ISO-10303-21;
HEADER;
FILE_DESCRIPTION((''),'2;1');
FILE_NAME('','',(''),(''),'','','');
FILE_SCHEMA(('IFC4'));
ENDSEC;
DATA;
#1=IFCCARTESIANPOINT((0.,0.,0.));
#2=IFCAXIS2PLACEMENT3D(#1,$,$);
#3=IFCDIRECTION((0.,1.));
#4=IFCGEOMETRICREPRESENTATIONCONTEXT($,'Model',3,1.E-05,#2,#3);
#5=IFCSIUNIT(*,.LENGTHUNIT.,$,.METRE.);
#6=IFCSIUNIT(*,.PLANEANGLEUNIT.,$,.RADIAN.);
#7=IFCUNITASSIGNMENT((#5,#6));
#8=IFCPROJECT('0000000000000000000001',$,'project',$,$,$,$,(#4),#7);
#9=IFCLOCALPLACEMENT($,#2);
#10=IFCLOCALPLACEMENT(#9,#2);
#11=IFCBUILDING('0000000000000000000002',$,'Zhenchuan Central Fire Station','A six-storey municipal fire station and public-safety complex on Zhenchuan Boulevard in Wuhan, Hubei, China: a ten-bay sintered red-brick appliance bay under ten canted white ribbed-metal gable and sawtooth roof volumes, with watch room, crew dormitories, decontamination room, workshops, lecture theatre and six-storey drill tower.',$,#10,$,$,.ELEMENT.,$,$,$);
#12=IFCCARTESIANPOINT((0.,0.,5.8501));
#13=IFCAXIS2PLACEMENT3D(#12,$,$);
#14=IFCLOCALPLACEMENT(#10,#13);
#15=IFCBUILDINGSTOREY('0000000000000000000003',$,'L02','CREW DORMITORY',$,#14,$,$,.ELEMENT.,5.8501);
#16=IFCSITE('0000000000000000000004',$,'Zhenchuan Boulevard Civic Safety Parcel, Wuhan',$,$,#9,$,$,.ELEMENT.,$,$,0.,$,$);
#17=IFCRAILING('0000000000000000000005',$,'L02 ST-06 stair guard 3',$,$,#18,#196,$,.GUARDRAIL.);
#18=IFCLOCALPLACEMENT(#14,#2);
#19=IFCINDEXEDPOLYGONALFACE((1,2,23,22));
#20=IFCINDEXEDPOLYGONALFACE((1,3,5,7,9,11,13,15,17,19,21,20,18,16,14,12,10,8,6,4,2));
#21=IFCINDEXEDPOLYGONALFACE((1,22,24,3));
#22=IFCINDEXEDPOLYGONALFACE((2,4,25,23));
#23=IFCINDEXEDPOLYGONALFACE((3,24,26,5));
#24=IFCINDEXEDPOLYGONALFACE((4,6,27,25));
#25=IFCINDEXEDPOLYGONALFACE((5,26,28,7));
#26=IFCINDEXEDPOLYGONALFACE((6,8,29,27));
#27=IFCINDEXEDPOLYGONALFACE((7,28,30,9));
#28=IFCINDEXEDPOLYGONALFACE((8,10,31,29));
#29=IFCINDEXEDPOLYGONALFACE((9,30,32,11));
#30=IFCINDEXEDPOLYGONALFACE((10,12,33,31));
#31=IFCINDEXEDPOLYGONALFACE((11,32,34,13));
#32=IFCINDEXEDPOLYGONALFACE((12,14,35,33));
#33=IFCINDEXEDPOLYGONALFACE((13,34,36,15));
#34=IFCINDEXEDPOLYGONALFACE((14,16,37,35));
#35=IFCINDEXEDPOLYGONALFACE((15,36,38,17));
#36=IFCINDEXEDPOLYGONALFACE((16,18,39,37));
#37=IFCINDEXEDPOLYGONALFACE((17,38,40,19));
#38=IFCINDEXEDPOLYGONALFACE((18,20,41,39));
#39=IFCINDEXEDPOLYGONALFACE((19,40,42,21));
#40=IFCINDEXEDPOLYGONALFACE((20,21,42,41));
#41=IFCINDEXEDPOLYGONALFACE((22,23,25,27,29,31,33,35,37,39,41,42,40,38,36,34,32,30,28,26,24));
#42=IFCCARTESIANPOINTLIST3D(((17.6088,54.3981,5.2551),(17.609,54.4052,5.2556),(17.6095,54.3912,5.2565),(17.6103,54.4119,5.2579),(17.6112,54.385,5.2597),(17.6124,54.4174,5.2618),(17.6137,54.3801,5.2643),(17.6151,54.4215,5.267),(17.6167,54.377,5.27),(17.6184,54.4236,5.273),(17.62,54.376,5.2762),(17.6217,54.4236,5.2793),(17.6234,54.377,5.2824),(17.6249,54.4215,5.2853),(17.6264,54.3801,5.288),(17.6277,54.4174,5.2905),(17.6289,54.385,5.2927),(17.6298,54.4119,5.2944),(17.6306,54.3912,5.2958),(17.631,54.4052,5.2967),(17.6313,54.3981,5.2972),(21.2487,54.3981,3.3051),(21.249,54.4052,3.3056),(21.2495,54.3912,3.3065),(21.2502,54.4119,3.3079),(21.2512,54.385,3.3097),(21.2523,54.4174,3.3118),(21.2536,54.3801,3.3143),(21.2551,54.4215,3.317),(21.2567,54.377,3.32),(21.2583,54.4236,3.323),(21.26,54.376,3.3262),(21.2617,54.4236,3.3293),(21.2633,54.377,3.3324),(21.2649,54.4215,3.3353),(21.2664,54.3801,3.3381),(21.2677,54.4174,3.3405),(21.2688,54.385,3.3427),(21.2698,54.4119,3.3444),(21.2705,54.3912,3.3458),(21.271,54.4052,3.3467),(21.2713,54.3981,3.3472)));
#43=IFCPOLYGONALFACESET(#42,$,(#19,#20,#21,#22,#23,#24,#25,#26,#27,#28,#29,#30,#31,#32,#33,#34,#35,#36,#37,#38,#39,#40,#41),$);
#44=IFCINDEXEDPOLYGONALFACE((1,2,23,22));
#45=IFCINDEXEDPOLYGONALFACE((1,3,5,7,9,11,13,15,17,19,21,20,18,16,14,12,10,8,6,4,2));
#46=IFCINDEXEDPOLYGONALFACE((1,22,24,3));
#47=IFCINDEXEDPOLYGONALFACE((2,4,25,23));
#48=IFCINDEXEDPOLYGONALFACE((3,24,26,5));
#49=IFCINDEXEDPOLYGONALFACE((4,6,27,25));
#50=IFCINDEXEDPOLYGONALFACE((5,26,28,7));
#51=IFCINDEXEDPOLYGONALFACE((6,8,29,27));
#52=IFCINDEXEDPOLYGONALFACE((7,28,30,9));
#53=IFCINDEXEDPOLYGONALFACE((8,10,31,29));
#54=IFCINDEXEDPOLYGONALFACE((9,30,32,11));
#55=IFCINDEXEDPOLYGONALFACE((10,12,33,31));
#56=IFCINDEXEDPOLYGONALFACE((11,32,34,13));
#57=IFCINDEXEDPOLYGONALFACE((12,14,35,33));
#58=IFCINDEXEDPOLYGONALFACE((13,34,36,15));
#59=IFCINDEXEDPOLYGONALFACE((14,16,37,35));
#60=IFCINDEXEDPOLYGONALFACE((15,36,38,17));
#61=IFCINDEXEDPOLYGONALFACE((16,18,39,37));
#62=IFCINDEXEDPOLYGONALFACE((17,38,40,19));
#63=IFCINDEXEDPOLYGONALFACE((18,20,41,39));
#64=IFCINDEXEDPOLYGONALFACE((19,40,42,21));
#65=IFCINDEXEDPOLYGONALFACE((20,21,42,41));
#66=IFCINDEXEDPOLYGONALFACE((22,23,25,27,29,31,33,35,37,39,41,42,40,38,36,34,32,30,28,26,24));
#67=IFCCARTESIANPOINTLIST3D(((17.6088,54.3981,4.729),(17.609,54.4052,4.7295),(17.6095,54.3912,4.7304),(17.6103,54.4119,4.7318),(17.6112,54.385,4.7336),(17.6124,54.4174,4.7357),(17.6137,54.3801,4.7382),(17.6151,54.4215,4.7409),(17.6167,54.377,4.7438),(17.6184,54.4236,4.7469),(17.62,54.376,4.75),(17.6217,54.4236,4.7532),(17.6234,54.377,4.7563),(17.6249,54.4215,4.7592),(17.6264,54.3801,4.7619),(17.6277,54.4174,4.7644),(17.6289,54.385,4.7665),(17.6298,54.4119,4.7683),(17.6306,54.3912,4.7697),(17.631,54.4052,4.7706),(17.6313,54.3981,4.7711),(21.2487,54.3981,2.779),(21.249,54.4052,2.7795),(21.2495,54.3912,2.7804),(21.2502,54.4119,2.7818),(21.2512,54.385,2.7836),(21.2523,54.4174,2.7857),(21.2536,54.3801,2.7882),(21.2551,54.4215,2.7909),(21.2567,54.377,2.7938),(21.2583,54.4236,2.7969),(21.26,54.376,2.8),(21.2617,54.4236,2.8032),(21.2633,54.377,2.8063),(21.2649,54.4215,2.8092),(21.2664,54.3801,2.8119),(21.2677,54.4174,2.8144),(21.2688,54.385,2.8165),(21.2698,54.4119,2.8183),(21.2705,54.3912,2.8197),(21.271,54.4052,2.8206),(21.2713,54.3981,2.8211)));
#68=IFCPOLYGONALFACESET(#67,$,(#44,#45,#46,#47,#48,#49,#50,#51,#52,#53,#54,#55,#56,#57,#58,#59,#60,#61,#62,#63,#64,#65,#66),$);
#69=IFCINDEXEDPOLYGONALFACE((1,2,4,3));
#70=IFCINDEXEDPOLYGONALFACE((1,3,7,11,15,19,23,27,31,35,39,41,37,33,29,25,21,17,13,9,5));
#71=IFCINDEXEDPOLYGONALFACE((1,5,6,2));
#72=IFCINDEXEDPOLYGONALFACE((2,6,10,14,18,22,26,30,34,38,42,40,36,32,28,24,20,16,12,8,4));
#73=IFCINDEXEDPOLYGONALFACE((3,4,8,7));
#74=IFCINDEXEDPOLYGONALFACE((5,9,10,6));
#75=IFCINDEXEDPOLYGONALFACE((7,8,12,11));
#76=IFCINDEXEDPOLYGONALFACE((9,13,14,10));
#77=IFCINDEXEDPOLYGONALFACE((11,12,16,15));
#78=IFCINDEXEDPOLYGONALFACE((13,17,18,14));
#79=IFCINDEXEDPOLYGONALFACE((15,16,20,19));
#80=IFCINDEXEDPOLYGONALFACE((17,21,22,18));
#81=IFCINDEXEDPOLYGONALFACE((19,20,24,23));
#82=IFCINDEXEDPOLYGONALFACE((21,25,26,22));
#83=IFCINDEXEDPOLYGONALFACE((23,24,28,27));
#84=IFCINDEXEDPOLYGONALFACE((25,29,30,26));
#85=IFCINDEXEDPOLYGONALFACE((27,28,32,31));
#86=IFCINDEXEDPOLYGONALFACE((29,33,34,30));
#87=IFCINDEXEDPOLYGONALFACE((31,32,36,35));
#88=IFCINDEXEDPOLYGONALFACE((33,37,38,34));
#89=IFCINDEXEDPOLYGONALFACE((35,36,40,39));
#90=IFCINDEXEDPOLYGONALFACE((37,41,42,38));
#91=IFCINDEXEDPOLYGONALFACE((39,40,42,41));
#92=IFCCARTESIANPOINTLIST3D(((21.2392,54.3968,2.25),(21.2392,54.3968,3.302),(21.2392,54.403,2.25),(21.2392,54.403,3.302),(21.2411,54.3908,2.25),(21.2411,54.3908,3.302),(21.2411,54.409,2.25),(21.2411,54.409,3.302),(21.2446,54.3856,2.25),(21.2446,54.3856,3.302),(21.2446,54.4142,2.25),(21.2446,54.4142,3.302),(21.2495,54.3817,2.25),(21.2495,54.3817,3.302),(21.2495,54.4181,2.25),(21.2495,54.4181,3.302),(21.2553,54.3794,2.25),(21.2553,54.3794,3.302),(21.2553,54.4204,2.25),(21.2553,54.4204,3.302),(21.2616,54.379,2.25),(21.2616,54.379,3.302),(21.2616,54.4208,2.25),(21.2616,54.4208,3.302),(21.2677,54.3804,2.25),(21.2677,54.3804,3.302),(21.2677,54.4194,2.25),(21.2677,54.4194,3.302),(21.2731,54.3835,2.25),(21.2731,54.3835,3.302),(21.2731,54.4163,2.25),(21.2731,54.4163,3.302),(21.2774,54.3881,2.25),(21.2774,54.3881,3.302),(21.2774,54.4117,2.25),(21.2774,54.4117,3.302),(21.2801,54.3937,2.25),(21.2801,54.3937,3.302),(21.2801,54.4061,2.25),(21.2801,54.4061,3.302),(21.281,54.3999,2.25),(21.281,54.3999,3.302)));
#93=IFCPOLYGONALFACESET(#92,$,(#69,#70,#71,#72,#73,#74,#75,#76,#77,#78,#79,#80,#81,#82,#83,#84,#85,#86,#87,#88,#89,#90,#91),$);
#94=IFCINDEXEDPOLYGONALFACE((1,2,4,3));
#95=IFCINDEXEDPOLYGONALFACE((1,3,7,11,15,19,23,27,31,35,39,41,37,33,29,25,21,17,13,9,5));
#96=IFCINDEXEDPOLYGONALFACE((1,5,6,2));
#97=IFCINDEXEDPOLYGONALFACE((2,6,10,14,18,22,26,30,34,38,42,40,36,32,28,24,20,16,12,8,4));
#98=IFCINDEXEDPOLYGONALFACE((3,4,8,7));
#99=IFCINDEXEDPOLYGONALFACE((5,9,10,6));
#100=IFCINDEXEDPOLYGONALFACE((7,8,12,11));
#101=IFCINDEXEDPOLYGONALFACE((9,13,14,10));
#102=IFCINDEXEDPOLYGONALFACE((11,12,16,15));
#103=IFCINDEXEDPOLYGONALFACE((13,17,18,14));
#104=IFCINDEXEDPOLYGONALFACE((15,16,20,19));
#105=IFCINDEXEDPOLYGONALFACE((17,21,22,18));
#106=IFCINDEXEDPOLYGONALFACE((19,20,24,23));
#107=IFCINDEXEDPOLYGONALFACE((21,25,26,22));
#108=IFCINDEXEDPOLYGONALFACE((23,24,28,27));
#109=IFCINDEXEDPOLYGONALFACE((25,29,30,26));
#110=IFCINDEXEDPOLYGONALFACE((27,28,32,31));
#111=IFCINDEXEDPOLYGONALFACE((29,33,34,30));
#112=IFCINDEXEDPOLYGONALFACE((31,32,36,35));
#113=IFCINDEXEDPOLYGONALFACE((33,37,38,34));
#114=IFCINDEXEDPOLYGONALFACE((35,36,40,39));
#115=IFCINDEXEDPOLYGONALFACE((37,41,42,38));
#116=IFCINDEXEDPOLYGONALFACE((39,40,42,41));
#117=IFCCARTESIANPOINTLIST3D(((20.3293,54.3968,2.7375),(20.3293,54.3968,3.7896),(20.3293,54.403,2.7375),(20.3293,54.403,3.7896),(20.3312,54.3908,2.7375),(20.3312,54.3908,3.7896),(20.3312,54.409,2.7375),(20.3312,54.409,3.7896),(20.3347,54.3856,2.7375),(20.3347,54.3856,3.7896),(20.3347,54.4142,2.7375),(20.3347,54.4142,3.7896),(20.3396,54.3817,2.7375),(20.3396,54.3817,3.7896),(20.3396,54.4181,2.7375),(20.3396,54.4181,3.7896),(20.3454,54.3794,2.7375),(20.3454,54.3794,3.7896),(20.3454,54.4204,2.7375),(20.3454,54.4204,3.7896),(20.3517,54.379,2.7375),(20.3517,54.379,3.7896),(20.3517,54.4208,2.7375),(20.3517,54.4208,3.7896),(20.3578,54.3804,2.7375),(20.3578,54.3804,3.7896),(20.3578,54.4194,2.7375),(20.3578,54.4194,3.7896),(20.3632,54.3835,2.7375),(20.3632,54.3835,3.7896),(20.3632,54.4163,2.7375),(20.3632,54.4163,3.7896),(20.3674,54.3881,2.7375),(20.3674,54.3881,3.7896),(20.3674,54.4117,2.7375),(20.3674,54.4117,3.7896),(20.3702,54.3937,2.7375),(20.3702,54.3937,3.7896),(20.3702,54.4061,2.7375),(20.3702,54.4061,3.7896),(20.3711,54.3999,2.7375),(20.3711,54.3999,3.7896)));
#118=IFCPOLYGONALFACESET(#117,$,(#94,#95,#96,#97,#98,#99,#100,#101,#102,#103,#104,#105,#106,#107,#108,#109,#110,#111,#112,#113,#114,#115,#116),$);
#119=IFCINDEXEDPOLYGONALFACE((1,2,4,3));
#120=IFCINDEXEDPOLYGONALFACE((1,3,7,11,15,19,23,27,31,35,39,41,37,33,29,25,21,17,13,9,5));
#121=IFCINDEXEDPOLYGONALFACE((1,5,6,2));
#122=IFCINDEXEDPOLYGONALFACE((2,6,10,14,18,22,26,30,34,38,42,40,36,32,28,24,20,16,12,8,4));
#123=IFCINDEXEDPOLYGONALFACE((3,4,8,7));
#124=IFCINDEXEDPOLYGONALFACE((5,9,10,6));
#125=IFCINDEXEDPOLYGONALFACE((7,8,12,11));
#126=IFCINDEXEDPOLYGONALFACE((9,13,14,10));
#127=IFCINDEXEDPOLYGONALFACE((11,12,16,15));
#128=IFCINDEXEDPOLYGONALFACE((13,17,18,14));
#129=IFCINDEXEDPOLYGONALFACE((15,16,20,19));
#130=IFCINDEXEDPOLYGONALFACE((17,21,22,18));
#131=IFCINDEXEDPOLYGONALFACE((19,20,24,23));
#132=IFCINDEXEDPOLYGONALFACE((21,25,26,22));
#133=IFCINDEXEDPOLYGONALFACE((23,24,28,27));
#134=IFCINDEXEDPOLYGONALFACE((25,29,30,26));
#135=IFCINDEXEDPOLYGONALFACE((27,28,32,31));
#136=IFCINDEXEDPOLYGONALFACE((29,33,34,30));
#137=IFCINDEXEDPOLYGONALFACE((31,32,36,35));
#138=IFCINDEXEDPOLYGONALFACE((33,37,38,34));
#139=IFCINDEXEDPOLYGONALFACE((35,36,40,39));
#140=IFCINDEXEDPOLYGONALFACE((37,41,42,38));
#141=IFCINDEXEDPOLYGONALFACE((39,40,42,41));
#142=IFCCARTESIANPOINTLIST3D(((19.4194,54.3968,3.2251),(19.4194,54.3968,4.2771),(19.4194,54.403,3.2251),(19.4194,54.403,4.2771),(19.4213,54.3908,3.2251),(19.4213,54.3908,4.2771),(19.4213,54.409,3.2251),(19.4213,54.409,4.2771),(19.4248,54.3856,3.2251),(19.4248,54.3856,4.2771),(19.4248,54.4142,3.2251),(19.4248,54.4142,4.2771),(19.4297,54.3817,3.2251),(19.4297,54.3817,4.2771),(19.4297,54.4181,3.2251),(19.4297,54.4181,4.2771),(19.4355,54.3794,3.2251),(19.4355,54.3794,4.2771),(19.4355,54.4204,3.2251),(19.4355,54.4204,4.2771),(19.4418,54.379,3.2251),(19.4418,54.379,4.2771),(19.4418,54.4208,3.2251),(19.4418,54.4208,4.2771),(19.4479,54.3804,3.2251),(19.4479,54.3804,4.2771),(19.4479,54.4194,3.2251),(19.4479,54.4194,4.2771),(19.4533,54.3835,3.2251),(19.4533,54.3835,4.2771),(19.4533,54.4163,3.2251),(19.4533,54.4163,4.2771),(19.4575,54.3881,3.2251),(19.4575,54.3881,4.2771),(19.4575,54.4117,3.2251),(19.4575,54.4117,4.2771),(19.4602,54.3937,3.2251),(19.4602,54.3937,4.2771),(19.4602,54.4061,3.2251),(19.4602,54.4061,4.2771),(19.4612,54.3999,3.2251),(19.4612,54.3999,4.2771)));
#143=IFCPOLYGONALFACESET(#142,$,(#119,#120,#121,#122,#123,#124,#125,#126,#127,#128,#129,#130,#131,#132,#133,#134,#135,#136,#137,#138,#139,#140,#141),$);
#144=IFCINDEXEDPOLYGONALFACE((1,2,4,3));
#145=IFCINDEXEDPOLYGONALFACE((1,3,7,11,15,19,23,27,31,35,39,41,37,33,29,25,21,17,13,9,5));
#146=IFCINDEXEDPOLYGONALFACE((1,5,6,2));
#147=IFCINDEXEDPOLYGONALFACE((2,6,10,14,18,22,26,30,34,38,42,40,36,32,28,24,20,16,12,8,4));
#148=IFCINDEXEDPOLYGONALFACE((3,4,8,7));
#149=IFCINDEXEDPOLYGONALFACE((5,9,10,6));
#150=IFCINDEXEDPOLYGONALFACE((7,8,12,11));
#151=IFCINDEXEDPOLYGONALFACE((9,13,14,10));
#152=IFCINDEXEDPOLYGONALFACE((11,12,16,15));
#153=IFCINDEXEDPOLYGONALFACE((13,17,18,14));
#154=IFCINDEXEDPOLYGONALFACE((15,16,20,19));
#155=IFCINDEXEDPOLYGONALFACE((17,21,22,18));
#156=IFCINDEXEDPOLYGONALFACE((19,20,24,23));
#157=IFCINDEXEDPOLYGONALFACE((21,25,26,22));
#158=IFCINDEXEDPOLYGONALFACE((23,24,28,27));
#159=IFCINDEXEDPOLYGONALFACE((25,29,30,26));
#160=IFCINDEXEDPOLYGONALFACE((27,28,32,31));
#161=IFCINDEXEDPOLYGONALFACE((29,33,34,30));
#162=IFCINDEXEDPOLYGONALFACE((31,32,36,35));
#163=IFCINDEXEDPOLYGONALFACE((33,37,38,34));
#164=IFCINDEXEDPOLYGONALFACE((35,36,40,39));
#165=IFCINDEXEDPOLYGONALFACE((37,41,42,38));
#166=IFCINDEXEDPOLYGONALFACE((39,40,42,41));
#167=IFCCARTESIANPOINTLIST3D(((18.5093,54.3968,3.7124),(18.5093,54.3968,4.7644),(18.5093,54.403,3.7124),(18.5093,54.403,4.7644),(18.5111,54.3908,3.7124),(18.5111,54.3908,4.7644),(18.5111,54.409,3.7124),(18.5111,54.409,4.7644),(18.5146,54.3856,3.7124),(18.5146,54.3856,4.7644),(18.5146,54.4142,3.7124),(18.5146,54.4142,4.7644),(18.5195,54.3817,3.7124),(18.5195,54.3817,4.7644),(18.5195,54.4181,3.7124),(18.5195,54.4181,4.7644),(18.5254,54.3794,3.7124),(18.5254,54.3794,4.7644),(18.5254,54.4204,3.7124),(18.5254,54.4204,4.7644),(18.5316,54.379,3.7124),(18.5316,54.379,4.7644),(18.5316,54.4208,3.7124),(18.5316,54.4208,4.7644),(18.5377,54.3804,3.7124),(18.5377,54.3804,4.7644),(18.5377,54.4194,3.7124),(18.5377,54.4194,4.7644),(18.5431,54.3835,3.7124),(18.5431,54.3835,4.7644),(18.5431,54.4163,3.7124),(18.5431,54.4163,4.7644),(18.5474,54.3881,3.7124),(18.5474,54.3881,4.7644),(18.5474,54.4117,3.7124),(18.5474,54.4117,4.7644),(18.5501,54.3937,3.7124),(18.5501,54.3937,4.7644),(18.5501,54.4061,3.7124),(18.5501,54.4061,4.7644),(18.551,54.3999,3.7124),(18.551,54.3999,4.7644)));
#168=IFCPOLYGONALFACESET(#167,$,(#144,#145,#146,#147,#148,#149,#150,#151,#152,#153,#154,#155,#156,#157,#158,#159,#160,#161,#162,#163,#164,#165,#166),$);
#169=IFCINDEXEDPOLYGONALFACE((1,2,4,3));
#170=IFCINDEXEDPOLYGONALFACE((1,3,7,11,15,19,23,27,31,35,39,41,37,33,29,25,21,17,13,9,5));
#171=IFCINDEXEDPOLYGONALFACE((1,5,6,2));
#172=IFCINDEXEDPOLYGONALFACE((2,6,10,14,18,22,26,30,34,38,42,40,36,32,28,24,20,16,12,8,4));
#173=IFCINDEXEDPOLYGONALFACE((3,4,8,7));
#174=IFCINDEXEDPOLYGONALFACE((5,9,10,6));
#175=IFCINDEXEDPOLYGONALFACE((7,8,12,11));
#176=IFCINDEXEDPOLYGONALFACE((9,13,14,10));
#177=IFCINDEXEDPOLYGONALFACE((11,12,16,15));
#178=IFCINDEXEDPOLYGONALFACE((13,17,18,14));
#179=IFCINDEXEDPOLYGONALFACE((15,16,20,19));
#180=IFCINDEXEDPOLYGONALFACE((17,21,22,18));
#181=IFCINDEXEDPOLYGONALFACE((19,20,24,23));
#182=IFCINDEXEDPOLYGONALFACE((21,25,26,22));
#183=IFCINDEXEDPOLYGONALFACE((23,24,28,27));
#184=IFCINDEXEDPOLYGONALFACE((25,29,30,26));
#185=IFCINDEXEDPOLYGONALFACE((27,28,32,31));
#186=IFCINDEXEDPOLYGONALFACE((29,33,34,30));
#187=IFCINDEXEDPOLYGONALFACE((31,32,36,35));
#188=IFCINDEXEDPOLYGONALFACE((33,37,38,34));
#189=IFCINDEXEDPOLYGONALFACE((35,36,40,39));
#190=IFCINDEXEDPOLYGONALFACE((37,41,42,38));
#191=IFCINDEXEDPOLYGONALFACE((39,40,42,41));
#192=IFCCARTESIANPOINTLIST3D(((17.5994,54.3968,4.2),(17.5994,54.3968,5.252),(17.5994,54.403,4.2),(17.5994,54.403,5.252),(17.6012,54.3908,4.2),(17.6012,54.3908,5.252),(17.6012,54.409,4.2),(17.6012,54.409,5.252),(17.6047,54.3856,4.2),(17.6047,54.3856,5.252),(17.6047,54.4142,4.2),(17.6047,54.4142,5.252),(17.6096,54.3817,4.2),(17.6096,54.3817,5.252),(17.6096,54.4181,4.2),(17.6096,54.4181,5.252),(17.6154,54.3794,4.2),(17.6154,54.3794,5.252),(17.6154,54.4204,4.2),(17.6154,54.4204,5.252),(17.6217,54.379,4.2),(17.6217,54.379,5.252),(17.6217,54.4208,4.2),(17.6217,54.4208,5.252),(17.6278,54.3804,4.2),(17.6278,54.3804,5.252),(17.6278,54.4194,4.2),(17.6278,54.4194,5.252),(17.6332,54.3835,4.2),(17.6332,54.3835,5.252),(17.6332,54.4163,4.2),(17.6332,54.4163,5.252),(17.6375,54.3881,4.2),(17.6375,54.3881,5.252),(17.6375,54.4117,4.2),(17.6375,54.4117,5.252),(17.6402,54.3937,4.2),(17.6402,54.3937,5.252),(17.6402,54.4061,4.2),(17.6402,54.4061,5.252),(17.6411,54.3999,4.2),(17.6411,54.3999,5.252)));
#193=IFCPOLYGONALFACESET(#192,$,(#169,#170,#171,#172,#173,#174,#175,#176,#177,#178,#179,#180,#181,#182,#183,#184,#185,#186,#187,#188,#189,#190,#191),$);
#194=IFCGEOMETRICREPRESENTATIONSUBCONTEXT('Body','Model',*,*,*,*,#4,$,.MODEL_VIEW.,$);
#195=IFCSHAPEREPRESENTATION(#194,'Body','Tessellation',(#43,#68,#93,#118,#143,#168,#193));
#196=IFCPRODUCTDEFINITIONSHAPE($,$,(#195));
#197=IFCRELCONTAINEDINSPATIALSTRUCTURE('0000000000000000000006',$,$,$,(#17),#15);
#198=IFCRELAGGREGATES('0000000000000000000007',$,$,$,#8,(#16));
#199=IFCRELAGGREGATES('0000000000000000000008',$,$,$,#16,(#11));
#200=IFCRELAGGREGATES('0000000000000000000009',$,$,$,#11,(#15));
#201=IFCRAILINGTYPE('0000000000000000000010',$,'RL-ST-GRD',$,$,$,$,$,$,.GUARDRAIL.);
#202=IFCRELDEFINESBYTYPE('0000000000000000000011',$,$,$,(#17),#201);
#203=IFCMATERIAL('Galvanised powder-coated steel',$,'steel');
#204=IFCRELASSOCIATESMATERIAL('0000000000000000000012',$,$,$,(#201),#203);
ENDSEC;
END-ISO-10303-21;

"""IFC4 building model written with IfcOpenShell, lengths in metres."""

from ifc_helpers import new_model, si_unit, direction, frame, origin, origin_2d, place, context, subcontext, project, spatial, circle, extrude, material, type_object, element, save


model = new_model("IFC4")

# Units and contexts
model_context = context("Model", 3, precision=1e-05, world=origin(), true_north=direction((0.0, 1.0)))
body_context = subcontext(model_context, "Body", "Model", "MODEL_VIEW")
ifc_project = project(units=[si_unit("LENGTHUNIT", "METRE"), si_unit("PLANEANGLEUNIT", "RADIAN")], contexts=[model_context])

# Site, building, storey
site_placement = place(None, origin())
site = spatial("IfcSite", under=ifc_project, at=site_placement, Name="Zhenchuan Boulevard Civic Safety Parcel, Wuhan", CompositionType="ELEMENT", RefElevation=0.0)
building_placement = place(site_placement, origin())
building = spatial("IfcBuilding", under=site, at=building_placement, Name="Zhenchuan Central Fire Station", Description="A six-storey municipal fire station and public-safety complex on Zhenchuan Boulevard in Wuhan, Hubei, China: a ten-bay sintered red-brick appliance bay under ten canted white ribbed-metal gable and sawtooth roof volumes, with watch room, crew dormitories, decontamination room, workshops, lecture theatre and six-storey drill tower.", CompositionType="ELEMENT")
storey_placement = place(building_placement, frame((0.0, 0.0, 5.8501)))
storey = spatial("IfcBuildingStorey", under=building, at=storey_placement, Name="L02", Description="CREW DORMITORY", CompositionType="ELEMENT", Elevation=5.8501)

# Railing
ifc_material_1 = material(Name="Galvanised powder-coated steel", Category="steel")
railing_type_1 = type_object("IfcRailingType", Name="RL-ST-GRD", PredefinedType="GUARDRAIL", material=ifc_material_1)
railing_1_placement = place(storey_placement, frame((21.26, 54.3999, 2.25)))
element("IfcRailing", 1, at=railing_1_placement, inside=storey, type_object=railing_type_1, Name="L02 ST-06 stair guard 3", PredefinedType="GUARDRAIL", context=body_context, shape_type="SweptSolid", body=[
    extrude(circle(Radius=0.0239, at=origin_2d()), frame((0.0, 0.0, 1.0762), z_axis=(-0.881479, 0.0, 0.472223), x_axis=(0.0, -1.0, 0.0)), (0.0, 0.0, 1.0), 4.1294),
    extrude(circle(Radius=0.0239, at=origin_2d()), frame((0.0, 0.0, 0.55), z_axis=(-0.881479, 0.0, 0.472223), x_axis=(0.0, -1.0, 0.0)), (0.0, 0.0, 1.0), 4.1294),
    extrude(circle(Radius=0.021, at=origin_2d()), origin(), (0.0, 0.0, 1.0), 1.052),
    extrude(circle(Radius=0.021, at=origin_2d()), frame((-0.9099, 0.0, 0.4875)), (0.0, 0.0, 1.0), 1.052),
    extrude(circle(Radius=0.021, at=origin_2d()), frame((-1.8198, 0.0, 0.9751)), (0.0, 0.0, 1.0), 1.052),
    extrude(circle(Radius=0.021, at=origin_2d()), frame((-2.73, 0.0, 1.4624)), (0.0, 0.0, 1.0), 1.052),
    extrude(circle(Radius=0.021, at=origin_2d()), frame((-3.6399, 0.0, 1.95)), (0.0, 0.0, 1.0), 1.052),
])

save(model, "model.ifc")
